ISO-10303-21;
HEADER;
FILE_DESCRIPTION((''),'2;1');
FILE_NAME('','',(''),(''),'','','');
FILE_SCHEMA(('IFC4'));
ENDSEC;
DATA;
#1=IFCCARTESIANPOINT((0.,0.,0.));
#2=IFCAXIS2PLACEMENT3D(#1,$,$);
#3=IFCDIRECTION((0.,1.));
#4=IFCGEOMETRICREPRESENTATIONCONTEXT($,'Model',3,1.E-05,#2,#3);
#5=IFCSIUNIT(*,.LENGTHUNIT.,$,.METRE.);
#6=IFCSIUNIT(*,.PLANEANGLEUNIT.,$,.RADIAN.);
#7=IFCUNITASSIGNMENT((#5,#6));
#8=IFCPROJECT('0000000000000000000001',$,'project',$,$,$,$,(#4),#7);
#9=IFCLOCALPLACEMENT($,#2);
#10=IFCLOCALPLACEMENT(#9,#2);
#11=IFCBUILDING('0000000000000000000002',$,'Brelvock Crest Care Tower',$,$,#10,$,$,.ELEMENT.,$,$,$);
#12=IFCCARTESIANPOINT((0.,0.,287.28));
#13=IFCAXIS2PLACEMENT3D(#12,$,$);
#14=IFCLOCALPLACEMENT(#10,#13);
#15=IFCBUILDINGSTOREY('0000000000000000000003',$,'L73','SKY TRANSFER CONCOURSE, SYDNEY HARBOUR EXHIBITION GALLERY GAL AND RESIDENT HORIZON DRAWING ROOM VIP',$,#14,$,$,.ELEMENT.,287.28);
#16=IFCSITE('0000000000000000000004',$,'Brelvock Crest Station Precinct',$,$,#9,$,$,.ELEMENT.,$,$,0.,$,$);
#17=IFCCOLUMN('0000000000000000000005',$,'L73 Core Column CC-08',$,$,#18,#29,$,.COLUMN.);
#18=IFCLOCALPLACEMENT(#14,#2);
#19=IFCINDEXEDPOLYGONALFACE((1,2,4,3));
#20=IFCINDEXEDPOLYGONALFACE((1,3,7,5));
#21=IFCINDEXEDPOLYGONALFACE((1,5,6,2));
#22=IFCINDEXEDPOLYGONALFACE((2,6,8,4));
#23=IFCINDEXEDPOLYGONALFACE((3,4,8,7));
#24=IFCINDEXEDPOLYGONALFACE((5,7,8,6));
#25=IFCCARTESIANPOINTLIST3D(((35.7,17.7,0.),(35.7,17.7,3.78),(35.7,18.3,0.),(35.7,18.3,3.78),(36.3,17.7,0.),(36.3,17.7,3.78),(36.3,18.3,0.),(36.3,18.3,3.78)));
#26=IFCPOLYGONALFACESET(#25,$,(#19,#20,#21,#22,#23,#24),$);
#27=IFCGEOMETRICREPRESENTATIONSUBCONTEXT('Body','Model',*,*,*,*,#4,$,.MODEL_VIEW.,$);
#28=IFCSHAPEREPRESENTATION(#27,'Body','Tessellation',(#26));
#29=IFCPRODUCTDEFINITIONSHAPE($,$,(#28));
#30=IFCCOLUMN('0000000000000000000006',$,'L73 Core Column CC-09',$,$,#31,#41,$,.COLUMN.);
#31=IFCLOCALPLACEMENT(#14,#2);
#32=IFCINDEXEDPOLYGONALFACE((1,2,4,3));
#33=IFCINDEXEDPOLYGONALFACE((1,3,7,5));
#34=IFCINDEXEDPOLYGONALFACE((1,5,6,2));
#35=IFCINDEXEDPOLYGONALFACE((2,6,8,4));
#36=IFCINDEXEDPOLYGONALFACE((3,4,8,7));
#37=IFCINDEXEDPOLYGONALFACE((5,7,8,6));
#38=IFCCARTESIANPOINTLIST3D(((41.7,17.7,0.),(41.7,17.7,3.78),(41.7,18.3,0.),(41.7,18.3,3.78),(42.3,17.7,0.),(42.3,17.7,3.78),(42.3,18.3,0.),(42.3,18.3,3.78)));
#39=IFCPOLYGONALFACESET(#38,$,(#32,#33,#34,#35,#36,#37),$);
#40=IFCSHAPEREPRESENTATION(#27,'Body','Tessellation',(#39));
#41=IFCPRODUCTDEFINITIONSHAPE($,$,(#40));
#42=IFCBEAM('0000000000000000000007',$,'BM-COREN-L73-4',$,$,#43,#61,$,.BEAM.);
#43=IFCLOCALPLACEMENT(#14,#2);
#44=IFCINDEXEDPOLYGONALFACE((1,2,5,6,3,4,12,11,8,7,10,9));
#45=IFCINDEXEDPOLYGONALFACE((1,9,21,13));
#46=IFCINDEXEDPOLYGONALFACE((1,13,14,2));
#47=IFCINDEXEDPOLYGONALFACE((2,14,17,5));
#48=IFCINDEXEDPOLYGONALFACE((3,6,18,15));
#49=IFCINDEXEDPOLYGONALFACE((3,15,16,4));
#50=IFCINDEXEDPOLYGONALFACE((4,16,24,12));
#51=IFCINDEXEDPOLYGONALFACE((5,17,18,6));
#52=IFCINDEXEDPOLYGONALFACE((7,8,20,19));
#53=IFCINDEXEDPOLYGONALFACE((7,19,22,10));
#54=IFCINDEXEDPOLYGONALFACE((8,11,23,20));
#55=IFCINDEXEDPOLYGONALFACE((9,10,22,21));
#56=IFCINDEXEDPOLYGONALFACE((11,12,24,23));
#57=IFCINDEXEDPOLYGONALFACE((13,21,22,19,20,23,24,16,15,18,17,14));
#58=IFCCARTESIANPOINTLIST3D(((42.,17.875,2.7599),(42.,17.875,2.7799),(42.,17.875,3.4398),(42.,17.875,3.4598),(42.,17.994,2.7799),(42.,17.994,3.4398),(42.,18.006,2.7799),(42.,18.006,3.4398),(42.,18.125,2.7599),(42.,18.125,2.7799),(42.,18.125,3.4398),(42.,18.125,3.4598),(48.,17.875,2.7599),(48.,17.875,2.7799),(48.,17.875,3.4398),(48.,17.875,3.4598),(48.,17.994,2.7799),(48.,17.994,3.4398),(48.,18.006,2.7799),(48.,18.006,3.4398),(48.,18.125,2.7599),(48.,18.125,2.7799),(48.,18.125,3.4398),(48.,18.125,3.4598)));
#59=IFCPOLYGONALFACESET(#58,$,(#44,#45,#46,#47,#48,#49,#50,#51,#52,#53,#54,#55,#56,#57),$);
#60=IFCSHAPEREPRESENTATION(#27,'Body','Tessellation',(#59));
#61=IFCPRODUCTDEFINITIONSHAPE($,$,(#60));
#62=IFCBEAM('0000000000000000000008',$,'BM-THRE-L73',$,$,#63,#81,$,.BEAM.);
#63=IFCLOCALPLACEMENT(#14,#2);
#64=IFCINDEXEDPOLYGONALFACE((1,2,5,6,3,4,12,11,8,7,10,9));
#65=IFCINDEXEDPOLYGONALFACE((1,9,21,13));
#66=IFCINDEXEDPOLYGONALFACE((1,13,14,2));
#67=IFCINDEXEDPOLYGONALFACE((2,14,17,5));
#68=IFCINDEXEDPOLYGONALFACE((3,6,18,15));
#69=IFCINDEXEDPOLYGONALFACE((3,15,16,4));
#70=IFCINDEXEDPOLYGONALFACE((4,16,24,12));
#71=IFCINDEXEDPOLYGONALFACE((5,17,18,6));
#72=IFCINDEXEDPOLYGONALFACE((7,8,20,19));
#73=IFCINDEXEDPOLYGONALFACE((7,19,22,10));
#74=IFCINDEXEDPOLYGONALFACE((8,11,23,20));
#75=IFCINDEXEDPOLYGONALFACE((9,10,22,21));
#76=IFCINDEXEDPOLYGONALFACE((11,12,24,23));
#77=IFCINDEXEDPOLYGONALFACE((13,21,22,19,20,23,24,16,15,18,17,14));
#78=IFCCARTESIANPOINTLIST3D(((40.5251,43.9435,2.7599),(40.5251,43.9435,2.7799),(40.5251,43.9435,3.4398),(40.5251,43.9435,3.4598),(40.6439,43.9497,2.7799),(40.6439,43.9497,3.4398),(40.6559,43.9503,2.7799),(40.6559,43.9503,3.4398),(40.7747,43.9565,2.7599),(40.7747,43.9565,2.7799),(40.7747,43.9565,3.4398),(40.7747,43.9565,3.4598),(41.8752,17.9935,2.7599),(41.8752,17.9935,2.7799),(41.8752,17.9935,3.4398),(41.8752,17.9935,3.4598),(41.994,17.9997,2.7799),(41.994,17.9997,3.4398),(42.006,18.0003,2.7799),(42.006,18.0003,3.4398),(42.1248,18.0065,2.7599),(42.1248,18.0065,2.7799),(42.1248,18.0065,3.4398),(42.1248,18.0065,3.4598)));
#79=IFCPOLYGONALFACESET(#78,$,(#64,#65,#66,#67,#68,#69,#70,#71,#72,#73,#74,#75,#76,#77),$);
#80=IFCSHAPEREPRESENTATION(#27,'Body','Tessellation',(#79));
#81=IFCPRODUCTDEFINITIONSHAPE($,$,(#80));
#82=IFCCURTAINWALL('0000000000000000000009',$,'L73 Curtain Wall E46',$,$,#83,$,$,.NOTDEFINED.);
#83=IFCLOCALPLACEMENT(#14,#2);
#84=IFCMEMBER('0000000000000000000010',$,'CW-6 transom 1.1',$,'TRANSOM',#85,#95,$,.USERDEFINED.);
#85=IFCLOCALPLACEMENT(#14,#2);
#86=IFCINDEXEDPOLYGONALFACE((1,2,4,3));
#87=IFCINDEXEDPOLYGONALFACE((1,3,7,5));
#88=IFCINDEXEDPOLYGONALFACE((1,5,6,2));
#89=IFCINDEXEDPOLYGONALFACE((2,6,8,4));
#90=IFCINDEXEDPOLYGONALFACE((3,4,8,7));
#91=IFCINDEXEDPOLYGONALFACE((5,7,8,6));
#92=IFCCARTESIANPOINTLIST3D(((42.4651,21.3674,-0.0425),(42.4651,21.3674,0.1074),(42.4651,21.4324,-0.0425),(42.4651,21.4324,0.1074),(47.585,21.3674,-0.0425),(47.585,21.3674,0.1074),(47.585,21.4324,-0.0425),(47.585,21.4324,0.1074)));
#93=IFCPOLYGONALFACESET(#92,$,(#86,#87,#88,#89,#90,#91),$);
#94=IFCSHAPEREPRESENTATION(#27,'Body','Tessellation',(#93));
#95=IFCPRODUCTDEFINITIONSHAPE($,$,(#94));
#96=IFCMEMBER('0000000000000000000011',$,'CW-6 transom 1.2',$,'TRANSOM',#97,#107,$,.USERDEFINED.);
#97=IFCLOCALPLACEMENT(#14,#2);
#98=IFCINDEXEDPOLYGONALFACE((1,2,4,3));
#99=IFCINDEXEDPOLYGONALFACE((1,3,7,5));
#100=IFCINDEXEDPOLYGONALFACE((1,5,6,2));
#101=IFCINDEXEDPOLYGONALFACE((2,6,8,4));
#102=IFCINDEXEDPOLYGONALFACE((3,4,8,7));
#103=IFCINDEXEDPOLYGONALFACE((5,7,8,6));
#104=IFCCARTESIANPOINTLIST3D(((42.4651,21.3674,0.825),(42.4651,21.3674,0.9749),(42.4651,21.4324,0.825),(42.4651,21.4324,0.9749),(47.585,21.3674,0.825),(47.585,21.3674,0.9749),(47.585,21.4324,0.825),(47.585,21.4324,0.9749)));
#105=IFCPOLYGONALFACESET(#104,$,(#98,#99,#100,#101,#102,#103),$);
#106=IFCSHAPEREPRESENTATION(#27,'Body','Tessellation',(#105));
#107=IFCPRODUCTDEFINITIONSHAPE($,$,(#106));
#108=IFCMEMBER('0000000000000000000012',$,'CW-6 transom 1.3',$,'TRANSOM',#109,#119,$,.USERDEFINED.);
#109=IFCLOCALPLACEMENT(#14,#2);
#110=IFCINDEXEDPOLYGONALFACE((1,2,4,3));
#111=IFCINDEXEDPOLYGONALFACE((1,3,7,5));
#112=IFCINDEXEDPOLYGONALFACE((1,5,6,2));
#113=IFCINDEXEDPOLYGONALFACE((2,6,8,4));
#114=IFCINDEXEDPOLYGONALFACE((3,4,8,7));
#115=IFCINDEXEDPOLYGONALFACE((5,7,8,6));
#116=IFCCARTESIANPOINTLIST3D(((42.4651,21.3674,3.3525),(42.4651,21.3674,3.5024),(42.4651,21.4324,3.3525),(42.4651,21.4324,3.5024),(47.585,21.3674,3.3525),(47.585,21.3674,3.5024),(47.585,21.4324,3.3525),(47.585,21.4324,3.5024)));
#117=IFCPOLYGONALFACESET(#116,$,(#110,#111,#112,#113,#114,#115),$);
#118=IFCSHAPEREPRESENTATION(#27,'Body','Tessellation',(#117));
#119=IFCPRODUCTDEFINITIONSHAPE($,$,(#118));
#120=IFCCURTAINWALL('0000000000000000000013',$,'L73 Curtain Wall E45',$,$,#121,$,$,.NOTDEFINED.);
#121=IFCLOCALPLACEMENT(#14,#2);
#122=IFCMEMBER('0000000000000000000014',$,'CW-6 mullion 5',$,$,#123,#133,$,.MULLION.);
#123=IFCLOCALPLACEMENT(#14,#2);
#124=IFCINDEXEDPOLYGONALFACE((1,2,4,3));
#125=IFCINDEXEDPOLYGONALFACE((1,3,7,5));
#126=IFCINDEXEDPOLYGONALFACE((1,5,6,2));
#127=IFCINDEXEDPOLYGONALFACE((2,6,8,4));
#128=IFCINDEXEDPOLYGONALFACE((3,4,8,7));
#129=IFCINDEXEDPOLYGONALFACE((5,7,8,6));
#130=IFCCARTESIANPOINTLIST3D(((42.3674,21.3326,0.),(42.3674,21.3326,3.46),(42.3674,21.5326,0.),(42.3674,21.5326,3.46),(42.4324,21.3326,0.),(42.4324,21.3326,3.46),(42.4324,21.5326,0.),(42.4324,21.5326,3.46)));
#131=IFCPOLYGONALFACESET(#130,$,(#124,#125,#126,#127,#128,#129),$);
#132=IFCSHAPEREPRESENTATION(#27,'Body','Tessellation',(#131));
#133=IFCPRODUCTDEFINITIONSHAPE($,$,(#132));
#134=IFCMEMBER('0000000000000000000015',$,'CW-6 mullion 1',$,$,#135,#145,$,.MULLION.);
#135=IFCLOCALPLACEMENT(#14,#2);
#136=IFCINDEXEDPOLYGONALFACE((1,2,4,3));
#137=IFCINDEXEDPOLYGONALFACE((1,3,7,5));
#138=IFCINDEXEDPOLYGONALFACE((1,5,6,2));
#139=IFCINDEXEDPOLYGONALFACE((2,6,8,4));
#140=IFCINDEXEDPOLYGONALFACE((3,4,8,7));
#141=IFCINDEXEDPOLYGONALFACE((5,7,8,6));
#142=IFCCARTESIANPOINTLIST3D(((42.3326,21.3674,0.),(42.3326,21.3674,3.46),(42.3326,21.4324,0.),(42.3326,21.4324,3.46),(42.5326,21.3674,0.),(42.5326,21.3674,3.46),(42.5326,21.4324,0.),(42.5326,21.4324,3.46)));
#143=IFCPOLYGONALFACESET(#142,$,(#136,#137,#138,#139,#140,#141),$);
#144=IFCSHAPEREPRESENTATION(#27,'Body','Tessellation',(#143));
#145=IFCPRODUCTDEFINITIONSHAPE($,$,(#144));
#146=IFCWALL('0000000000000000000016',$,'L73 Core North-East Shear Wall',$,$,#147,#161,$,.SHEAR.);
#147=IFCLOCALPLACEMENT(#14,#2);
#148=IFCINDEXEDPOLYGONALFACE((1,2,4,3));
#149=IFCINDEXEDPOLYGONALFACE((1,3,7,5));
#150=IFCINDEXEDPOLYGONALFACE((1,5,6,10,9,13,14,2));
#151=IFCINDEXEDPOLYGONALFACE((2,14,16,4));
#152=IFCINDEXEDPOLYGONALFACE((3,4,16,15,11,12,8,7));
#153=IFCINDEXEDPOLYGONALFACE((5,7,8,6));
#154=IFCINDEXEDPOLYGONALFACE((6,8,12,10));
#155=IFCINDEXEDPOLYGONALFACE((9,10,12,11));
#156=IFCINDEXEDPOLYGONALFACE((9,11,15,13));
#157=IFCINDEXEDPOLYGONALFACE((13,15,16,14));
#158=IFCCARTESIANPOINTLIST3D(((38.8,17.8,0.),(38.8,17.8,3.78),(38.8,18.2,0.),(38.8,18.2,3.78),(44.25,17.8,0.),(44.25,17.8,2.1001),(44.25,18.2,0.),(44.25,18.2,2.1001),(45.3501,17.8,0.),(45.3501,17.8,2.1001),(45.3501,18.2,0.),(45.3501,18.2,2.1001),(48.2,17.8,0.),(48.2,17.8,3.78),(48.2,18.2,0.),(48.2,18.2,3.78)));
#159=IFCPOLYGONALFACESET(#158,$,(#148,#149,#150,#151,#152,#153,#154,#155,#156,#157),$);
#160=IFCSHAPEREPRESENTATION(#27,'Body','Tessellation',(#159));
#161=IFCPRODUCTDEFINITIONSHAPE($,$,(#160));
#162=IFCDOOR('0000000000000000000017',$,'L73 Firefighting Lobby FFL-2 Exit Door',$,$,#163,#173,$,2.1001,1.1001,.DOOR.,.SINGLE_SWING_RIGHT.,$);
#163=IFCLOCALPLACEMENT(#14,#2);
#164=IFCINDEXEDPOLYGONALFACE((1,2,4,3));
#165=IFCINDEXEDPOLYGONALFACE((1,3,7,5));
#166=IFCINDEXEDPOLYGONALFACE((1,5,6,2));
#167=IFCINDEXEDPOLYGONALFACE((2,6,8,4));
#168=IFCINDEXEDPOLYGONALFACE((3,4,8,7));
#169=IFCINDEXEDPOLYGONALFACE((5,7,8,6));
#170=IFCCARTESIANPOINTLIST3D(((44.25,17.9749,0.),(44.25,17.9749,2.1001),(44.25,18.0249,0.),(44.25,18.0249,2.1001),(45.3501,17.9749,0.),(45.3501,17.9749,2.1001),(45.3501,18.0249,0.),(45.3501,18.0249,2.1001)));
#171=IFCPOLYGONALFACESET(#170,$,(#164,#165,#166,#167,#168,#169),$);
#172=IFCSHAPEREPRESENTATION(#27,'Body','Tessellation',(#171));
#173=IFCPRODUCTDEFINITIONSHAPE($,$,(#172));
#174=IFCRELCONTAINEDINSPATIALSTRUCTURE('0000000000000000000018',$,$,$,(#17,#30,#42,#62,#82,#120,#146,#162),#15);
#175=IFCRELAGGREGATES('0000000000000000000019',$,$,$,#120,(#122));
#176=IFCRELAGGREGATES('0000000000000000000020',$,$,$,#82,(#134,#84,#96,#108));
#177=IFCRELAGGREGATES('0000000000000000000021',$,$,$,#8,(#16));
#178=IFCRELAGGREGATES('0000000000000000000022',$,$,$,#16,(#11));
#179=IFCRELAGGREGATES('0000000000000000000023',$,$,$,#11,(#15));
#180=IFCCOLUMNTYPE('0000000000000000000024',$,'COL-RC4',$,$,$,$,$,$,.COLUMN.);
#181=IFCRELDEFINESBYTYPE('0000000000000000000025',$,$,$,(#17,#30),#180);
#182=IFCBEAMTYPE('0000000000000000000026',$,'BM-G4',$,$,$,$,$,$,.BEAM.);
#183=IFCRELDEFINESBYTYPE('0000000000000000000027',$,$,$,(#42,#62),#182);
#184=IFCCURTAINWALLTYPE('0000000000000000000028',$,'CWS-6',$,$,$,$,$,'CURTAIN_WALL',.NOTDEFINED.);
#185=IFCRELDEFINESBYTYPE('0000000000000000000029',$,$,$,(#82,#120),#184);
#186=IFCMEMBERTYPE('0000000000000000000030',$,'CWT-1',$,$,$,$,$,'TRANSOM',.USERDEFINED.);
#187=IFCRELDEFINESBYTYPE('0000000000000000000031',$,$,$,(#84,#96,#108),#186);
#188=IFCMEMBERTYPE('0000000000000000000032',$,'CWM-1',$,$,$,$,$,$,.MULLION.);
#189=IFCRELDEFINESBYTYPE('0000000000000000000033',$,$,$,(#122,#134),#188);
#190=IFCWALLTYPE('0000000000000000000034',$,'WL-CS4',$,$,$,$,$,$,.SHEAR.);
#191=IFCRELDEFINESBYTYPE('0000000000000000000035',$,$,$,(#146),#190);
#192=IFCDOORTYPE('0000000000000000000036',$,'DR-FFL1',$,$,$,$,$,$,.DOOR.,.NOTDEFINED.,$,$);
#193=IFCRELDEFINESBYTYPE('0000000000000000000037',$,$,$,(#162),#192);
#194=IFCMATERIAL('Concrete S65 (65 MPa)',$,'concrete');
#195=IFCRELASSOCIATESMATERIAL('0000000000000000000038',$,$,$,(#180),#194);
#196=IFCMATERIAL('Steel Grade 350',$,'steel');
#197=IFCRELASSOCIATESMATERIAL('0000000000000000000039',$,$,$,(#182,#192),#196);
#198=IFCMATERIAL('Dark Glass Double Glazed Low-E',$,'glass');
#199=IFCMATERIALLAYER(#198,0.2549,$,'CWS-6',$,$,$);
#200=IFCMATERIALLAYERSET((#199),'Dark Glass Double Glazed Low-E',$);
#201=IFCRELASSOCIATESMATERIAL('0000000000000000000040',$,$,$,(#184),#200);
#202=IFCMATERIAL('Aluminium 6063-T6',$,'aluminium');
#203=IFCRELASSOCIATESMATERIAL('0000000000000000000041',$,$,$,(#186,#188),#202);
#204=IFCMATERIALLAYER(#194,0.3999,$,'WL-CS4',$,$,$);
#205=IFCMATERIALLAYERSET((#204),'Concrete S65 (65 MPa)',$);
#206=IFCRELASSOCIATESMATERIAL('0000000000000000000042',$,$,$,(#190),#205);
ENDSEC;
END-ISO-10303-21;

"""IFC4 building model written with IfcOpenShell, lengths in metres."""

from ifc_helpers import new_model, si_unit, direction, frame, frame_2d, origin, origin_2d, place, context, subcontext, project, spatial, rectangle, i_section, extrude, source, transform, mapped, material, layer, layer_set, material_profile, profile_set, type_object, element, fill, aggregate, save


model = new_model("IFC4")

# Units and contexts
model_context = context("Model", 3, precision=1e-05, world=origin(), true_north=direction((0.0, 1.0)))
body_context = subcontext(model_context, "Body", "Model", "MODEL_VIEW")
ifc_project = project(units=[si_unit("LENGTHUNIT", "METRE"), si_unit("PLANEANGLEUNIT", "RADIAN")], contexts=[model_context])

# Site, building, storey
site_placement = place(None, origin())
site = spatial("IfcSite", under=ifc_project, at=site_placement, Name="Brelvock Crest Station Precinct", CompositionType="ELEMENT", RefElevation=0.0)
building_placement = place(site_placement, origin())
building = spatial("IfcBuilding", under=site, at=building_placement, Name="Brelvock Crest Care Tower", CompositionType="ELEMENT")
storey_placement = place(building_placement, frame((0.0, 0.0, 287.28)))
storey = spatial("IfcBuildingStorey", under=building, at=storey_placement, Name="L73", Description="SKY TRANSFER CONCOURSE, SYDNEY HARBOUR EXHIBITION GALLERY GAL AND RESIDENT HORIZON DRAWING ROOM VIP", CompositionType="ELEMENT", Elevation=287.28)

# Columns
ifc_material_1 = material(Name="Concrete S65 (65 MPa)", Category="concrete")
ifc_material_profile_1 = material_profile(ifc_material_1, rectangle(XDim=0.6001, YDim=0.6001, at=origin_2d()), Name="RC600x600")
ifc_profile_set_1 = profile_set([ifc_material_profile_1], Name="Concrete S65 (65 MPa)")
column_type = type_object("IfcColumnType", Name="COL-RC4", PredefinedType="COLUMN", material=ifc_profile_set_1)
shared_shape_1 = source(origin(), body_context, "Body", "SweptSolid", [
    extrude(rectangle(XDim=0.6001, YDim=0.6001, at=origin_2d()), origin(), (0.0, 0.0, 1.0), 3.78),
])
for number, where, z_axis, x_axis, name in (
    (1, (36.0, 18.0, 0.0), (0.0, 0.0, 1.0), (1.0, 0.0, 0.0), "L73 Core Column CC-08"),
    (2, (42.0, 18.0, 0.0), (0.0, 0.0, 1.0), (1.0, 0.0, 0.0), "L73 Core Column CC-09"),
):
    element("IfcColumn", number, at=place(storey_placement, frame(where, z_axis=z_axis, x_axis=x_axis)), inside=storey, type_object=column_type, Name=name, PredefinedType="COLUMN", context=body_context, shape_type="MappedRepresentation", body=[
        mapped(shared_shape_1, transform((0.0, 0.0, 0.0), x_axis=(1.0, 0.0, 0.0), y_axis=(0.0, 1.0, 0.0), z_axis=(0.0, 0.0, 1.0), scale=1.0)),
    ])

# Beams
ifc_material_2 = material(Name="Steel Grade 350", Category="steel")
ifc_material_profile_2 = material_profile(ifc_material_2, i_section(OverallWidth=0.25, OverallDepth=0.7, WebThickness=0.012, FlangeThickness=0.02, at=origin_2d()), Name="700WB150")
ifc_profile_set_2 = profile_set([ifc_material_profile_2], Name="Steel Grade 350")
beam_type = type_object("IfcBeamType", Name="BM-G4", PredefinedType="BEAM", material=ifc_profile_set_2)
shared_shape_2 = source(origin(), body_context, "Body", "SweptSolid", [
    extrude(i_section(OverallWidth=0.25, OverallDepth=0.7, WebThickness=0.012, FlangeThickness=0.02, at=origin_2d()), origin(), (0.0, 0.0, 1.0), 6.0),
])
beam_1_placement = place(storey_placement, frame((42.0, 18.0, 3.1099), z_axis=(1.0, 0.0, 0.0), x_axis=(0.0, 1.0, 0.0)))
element("IfcBeam", 3, at=beam_1_placement, inside=storey, type_object=beam_type, Name="BM-COREN-L73-4", PredefinedType="BEAM", context=body_context, shape_type="MappedRepresentation", body=[
    mapped(shared_shape_2, transform((0.0, 0.0, 0.0), x_axis=(1.0, 0.0, 0.0), y_axis=(0.0, 1.0, 0.0), z_axis=(0.0, 0.0, 1.0), scale=1.0)),
])
shared_shape_3 = source(origin(), body_context, "Body", "SweptSolid", [
    extrude(i_section(OverallWidth=0.25, OverallDepth=0.7, WebThickness=0.012, FlangeThickness=0.02, at=origin_2d()), origin(), (0.0, 0.0, 1.0), 25.9851),
])
beam_2_placement = place(storey_placement, frame((42.0, 18.0, 3.1099), z_axis=(-0.051957, 0.998649, 0.0), x_axis=(-0.998649, -0.051957, 0.0)))
element("IfcBeam", 4, at=beam_2_placement, inside=storey, type_object=beam_type, Name="BM-THRE-L73", PredefinedType="BEAM", context=body_context, shape_type="MappedRepresentation", body=[
    mapped(shared_shape_3, transform((0.0, 0.0, 0.0), x_axis=(1.0, 0.0, 0.0), y_axis=(0.0, 1.0, 0.0), z_axis=(0.0, 0.0, 1.0), scale=1.0)),
])

# Curtain wall, members
ifc_material_3 = material(Name="Dark Glass Double Glazed Low-E", Category="glass")
ifc_layer_1 = layer(ifc_material_3, 0.2549, Name="CWS-6")
ifc_layer_set_1 = layer_set([ifc_layer_1], Name="Dark Glass Double Glazed Low-E")
curtain_wall_type = type_object("IfcCurtainWallType", Name="CWS-6", ElementType="CURTAIN_WALL", PredefinedType="NOTDEFINED", material=ifc_layer_set_1)
curtain_wall_1_placement = place(storey_placement, origin())
curtain_wall_1 = element("IfcCurtainWall", 5, at=curtain_wall_1_placement, inside=storey, type_object=curtain_wall_type, Name="L73 Curtain Wall E46", PredefinedType="NOTDEFINED")
ifc_material_4 = material(Name="Aluminium 6063-T6", Category="aluminium")
ifc_material_profile_3 = material_profile(ifc_material_4, rectangle(XDim=0.0649, YDim=0.1499, at=origin_2d()), Name="ALU65x150")
ifc_profile_set_3 = profile_set([ifc_material_profile_3], Name="Aluminium 6063-T6")
member_type_1 = type_object("IfcMemberType", Name="CWT-1", ElementType="TRANSOM", PredefinedType="USERDEFINED", material=ifc_profile_set_3)
shared_shape_4 = source(origin(), body_context, "Body", "SweptSolid", [
    extrude(rectangle(XDim=0.0649, YDim=0.1499, at=origin_2d()), origin(), (0.0, 0.0, 1.0), 5.1199),
])
member_1_placement = place(storey_placement, frame((42.4651, 21.3999, 0.0325), z_axis=(1.0, 0.0, 0.0), x_axis=(0.0, 1.0, 0.0)))
member_1 = element("IfcMember", 6, at=member_1_placement, type_object=member_type_1, Name="CW-6 transom 1.1", ObjectType="TRANSOM", PredefinedType="USERDEFINED", context=body_context, shape_type="MappedRepresentation", body=[
    mapped(shared_shape_4, transform((0.0, 0.0, 0.0), x_axis=(1.0, 0.0, 0.0), y_axis=(0.0, 1.0, 0.0), z_axis=(0.0, 0.0, 1.0), scale=1.0)),
])
member_2_placement = place(storey_placement, frame((42.4651, 21.3999, 0.8999), z_axis=(1.0, 0.0, 0.0), x_axis=(0.0, 1.0, 0.0)))
member_2 = element("IfcMember", 7, at=member_2_placement, type_object=member_type_1, Name="CW-6 transom 1.2", ObjectType="TRANSOM", PredefinedType="USERDEFINED", context=body_context, shape_type="MappedRepresentation", body=[
    mapped(shared_shape_4, transform((0.0, 0.0, 0.0), x_axis=(1.0, 0.0, 0.0), y_axis=(0.0, 1.0, 0.0), z_axis=(0.0, 0.0, 1.0), scale=1.0)),
])
member_3_placement = place(storey_placement, frame((42.4651, 21.3999, 3.4275), z_axis=(1.0, 0.0, 0.0), x_axis=(0.0, 1.0, 0.0)))
member_3 = element("IfcMember", 8, at=member_3_placement, type_object=member_type_1, Name="CW-6 transom 1.3", ObjectType="TRANSOM", PredefinedType="USERDEFINED", context=body_context, shape_type="MappedRepresentation", body=[
    mapped(shared_shape_4, transform((0.0, 0.0, 0.0), x_axis=(1.0, 0.0, 0.0), y_axis=(0.0, 1.0, 0.0), z_axis=(0.0, 0.0, 1.0), scale=1.0)),
])

# Curtain wall, member
curtain_wall_2_placement = place(storey_placement, origin())
curtain_wall_2 = element("IfcCurtainWall", 9, at=curtain_wall_2_placement, inside=storey, type_object=curtain_wall_type, Name="L73 Curtain Wall E45", PredefinedType="NOTDEFINED")
ifc_material_profile_4 = material_profile(ifc_material_4, rectangle(XDim=0.0649, YDim=0.2, at=origin_2d()), Name="ALU65x200")
ifc_profile_set_4 = profile_set([ifc_material_profile_4], Name="Aluminium 6063-T6")
member_type_2 = type_object("IfcMemberType", Name="CWM-1", PredefinedType="MULLION", material=ifc_profile_set_4)
shared_shape_5 = source(origin(), body_context, "Body", "SweptSolid", [
    extrude(rectangle(XDim=0.0649, YDim=0.2, at=origin_2d()), origin(), (0.0, 0.0, 1.0), 3.46),
])
member_4_placement = place(storey_placement, frame((42.3999, 21.4326, 0.0), z_axis=(0.0, 0.0, 1.0), x_axis=(1.0, 0.0, 0.0)))
member_4 = element("IfcMember", 10, at=member_4_placement, type_object=member_type_2, Name="CW-6 mullion 5", PredefinedType="MULLION", context=body_context, shape_type="MappedRepresentation", body=[
    mapped(shared_shape_5, transform((0.0, 0.0, 0.0), x_axis=(1.0, 0.0, 0.0), y_axis=(0.0, 1.0, 0.0), z_axis=(0.0, 0.0, 1.0), scale=1.0)),
])
aggregate(curtain_wall_2, [member_4])

# Member
member_5_placement = place(storey_placement, frame((42.4326, 21.3999, 0.0), z_axis=(0.0, 0.0, 1.0), x_axis=(0.0, 1.0, 0.0)))
member_5 = element("IfcMember", 11, at=member_5_placement, type_object=member_type_2, Name="CW-6 mullion 1", PredefinedType="MULLION", context=body_context, shape_type="MappedRepresentation", body=[
    mapped(shared_shape_5, transform((0.0, 0.0, 0.0), x_axis=(1.0, 0.0, 0.0), y_axis=(0.0, 1.0, 0.0), z_axis=(0.0, 0.0, 1.0), scale=1.0)),
])
aggregate(curtain_wall_1, [member_5, member_1, member_2, member_3])

# Wall, opening, door
ifc_layer_2 = layer(ifc_material_1, 0.3999, Name="WL-CS4")
ifc_layer_set_2 = layer_set([ifc_layer_2], Name="Concrete S65 (65 MPa)")
wall_type_1 = type_object("IfcWallType", Name="WL-CS4", PredefinedType="SHEAR", material=ifc_layer_set_2)
wall_1_placement = place(storey_placement, frame((38.8, 18.0, 0.0), z_axis=(0.0, 0.0, 1.0), x_axis=(1.0, 0.0, 0.0)))
wall_1 = element("IfcWall", 12, at=wall_1_placement, inside=storey, type_object=wall_type_1, Name="L73 Core North-East Shear Wall", PredefinedType="SHEAR", context=body_context, shape_type="SweptSolid", body=[
    extrude(rectangle(XDim=9.3999, YDim=0.3999, at=frame_2d((4.7, 0.0))), origin(), (0.0, 0.0, 1.0), 3.78),
])
opening_1_placement = place(wall_1_placement, frame((5.45, 0.0, 0.0)))
opening_1 = element("IfcOpeningElement", 13, at=opening_1_placement, cuts=wall_1, PredefinedType="OPENING", context=body_context, shape_type="SweptSolid", body=[
    extrude(rectangle(XDim=1.1001, YDim=2.1001, at=origin_2d()), frame((0.55, 0.21, 1.05), z_axis=(0.0, -1.0, 0.0), x_axis=(1.0, 0.0, 0.0)), (0.0, 0.0, 1.0), 0.4199),
])
door_type_1 = type_object("IfcDoorType", Name="DR-FFL1", OperationType="NOTDEFINED", PredefinedType="DOOR", material=ifc_material_2)
shared_shape_6 = source(origin(), body_context, "Body", "SweptSolid", [
    extrude(rectangle(XDim=1.1001, YDim=2.1001, at=origin_2d()), frame((0.55, 0.0249, 1.05), z_axis=(0.0, -1.0, 0.0), x_axis=(1.0, 0.0, 0.0)), (0.0, 0.0, 1.0), 0.05),
])
door_1_placement = place(opening_1_placement, origin())
door_1 = element("IfcDoor", 14, at=door_1_placement, inside=storey, type_object=door_type_1, Name="L73 Firefighting Lobby FFL-2 Exit Door", OperationType="SINGLE_SWING_RIGHT", OverallHeight=2.1001, OverallWidth=1.1001, PredefinedType="DOOR", context=body_context, shape_type="MappedRepresentation", body=[
    mapped(shared_shape_6, transform((0.0, 0.0, 0.0), x_axis=(1.0, 0.0, 0.0), y_axis=(0.0, 1.0, 0.0), z_axis=(0.0, 0.0, 1.0), scale=1.0)),
])
fill(opening_1, door_1)

save(model, "model.ifc")
